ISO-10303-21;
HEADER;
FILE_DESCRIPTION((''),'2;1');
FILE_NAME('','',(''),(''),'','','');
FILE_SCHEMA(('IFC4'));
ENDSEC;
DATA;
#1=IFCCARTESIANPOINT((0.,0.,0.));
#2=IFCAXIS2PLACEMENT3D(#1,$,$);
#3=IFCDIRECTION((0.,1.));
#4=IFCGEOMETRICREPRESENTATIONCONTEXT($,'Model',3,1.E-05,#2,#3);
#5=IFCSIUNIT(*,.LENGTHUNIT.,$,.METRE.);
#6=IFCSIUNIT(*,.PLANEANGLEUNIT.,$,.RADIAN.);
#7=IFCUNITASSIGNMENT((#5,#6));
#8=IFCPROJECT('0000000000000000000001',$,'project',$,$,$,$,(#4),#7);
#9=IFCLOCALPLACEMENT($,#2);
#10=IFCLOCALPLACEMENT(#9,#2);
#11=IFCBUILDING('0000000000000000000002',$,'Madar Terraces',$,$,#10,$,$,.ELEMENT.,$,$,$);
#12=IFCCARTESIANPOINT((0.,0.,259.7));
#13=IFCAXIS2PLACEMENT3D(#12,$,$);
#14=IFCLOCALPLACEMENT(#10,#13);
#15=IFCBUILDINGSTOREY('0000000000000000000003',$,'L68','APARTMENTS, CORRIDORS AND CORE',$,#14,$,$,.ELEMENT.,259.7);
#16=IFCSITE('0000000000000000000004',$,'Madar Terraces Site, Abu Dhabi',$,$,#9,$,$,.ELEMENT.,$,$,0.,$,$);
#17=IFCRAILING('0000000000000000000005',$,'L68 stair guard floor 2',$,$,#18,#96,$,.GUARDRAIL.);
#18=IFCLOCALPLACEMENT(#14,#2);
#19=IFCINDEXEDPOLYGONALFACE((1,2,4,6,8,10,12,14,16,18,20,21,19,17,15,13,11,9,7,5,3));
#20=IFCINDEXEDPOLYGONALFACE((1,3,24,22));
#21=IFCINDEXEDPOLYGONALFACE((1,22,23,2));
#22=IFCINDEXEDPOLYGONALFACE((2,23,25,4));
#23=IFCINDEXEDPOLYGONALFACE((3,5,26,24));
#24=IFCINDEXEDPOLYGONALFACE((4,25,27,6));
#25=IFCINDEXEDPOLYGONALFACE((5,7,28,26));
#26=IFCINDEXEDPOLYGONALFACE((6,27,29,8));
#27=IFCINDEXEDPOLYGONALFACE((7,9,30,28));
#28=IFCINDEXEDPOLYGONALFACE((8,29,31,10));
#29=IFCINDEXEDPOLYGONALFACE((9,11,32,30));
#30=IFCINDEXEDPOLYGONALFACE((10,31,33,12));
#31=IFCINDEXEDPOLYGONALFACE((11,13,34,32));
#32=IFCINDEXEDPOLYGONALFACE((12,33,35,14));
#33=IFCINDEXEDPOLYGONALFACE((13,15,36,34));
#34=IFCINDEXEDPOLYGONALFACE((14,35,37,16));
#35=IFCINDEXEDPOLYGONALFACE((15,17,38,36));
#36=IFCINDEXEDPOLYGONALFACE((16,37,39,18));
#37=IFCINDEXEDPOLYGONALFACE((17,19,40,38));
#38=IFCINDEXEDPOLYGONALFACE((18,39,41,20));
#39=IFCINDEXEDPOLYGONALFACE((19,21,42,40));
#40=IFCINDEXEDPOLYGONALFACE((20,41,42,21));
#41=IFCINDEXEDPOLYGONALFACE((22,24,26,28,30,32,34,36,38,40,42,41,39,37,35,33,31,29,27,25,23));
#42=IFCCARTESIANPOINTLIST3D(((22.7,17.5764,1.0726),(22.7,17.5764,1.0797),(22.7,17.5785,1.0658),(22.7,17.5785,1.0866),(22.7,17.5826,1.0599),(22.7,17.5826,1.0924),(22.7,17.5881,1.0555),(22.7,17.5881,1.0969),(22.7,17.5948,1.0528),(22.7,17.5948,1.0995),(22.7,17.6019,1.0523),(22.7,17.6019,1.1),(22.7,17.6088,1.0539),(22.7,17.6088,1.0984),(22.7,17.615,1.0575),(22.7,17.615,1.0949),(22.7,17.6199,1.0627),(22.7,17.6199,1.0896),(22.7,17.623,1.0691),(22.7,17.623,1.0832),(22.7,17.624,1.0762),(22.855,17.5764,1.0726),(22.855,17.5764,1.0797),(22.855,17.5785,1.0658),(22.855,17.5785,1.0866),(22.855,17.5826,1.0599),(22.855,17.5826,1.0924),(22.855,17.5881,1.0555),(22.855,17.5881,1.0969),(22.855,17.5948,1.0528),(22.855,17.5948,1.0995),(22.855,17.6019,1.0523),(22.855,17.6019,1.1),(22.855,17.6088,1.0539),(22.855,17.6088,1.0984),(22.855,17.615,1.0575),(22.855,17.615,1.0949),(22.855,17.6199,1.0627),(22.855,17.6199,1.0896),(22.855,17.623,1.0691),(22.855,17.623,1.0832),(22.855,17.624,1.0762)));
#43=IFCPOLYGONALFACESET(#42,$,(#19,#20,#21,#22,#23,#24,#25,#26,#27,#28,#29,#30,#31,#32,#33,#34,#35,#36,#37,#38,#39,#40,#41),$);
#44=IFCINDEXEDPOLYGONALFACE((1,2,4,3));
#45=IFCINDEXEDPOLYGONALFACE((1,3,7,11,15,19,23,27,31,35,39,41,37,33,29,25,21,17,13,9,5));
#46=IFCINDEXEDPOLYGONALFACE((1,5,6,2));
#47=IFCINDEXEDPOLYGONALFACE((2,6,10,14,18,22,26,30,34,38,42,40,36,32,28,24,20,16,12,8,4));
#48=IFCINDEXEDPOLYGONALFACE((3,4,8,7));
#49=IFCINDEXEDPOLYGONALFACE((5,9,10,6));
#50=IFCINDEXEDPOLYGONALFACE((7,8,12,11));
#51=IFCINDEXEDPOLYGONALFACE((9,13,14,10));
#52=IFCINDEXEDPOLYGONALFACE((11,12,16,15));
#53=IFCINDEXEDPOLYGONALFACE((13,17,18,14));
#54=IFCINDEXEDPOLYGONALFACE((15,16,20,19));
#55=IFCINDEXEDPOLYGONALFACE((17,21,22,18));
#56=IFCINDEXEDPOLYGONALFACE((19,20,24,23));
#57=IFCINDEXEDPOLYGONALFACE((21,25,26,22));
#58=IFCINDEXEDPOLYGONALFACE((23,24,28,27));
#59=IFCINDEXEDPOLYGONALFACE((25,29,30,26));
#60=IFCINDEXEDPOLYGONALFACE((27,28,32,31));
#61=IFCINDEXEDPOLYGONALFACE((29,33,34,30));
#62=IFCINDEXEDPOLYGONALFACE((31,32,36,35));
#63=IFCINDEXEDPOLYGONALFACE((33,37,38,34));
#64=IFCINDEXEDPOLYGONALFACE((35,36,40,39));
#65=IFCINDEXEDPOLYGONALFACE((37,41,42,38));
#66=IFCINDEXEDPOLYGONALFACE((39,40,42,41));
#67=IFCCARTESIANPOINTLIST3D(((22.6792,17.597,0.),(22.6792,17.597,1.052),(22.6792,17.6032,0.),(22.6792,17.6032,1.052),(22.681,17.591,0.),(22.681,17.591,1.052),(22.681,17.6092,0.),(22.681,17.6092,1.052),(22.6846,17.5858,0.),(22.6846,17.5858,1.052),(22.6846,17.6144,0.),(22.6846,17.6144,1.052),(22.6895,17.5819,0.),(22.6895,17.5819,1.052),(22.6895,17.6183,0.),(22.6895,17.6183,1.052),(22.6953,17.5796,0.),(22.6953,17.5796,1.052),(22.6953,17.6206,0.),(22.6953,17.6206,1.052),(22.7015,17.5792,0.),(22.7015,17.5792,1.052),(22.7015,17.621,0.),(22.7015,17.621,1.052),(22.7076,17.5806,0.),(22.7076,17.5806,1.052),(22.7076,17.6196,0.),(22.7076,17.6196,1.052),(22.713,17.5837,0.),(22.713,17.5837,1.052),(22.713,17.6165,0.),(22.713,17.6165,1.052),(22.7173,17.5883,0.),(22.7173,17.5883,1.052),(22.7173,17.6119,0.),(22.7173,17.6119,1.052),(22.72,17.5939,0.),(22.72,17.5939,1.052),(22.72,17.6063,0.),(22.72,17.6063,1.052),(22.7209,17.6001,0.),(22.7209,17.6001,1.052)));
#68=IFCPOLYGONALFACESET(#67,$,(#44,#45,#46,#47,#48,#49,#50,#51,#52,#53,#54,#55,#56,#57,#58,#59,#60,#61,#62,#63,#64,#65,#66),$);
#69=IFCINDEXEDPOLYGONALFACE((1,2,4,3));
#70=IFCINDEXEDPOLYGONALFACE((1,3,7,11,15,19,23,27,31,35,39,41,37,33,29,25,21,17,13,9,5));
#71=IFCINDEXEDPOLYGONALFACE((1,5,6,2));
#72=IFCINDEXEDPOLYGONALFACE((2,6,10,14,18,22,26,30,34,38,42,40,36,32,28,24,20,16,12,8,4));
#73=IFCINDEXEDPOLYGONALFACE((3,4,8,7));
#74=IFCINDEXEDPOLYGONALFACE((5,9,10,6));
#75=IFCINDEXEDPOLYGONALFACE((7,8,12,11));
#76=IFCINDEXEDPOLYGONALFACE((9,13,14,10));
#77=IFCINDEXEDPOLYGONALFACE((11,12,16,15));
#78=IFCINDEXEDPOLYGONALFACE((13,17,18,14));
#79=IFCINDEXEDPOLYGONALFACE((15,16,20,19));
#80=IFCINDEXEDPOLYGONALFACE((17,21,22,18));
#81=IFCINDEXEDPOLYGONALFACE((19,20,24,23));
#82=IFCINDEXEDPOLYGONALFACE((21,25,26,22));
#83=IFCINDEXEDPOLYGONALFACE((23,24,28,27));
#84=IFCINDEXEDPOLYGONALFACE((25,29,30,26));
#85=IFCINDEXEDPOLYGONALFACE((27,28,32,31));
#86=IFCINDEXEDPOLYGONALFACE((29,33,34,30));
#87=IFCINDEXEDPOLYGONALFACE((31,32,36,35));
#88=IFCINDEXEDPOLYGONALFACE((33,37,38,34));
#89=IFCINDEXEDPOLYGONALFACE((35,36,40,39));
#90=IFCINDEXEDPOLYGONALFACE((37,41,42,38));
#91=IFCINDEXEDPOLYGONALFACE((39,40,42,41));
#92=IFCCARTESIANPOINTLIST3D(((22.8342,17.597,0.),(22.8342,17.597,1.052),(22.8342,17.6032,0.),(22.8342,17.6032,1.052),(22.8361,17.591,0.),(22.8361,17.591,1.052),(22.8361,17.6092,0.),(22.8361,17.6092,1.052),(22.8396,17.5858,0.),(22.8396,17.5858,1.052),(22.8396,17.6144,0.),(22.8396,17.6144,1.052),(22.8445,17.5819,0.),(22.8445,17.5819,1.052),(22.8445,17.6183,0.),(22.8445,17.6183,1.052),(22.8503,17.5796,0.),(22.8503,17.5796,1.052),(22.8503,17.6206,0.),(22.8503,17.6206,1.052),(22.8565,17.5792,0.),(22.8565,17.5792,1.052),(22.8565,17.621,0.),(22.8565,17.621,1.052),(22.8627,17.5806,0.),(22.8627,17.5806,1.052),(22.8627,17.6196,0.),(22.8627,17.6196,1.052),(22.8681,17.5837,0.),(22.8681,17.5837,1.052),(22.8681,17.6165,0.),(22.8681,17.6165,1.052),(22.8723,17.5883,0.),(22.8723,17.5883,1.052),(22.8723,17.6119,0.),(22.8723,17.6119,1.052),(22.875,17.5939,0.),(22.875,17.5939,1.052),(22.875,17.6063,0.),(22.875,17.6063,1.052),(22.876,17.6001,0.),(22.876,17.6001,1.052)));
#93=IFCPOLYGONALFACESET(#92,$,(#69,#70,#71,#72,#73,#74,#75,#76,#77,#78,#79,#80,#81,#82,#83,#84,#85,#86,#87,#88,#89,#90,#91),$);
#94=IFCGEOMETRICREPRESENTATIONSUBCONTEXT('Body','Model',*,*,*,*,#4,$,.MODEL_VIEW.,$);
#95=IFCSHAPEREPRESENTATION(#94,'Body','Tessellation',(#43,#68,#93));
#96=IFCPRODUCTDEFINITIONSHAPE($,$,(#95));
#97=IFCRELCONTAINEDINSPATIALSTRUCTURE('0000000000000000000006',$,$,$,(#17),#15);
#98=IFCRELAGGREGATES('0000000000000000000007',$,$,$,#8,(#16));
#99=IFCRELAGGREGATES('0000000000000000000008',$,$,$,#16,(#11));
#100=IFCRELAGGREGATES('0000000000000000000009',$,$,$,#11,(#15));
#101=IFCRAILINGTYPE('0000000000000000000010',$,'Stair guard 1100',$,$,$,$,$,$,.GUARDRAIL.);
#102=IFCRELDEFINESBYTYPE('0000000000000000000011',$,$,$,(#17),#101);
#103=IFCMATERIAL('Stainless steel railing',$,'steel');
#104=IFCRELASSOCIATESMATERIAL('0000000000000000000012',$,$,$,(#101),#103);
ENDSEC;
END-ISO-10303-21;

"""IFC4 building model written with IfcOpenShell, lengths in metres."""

from ifc_helpers import new_model, si_unit, direction, frame, origin, origin_2d, place, context, subcontext, project, spatial, circle, extrude, material, type_object, element, save


model = new_model("IFC4")

# Units and contexts
model_context = context("Model", 3, precision=1e-05, world=origin(), true_north=direction((0.0, 1.0)))
body_context = subcontext(model_context, "Body", "Model", "MODEL_VIEW")
ifc_project = project(units=[si_unit("LENGTHUNIT", "METRE"), si_unit("PLANEANGLEUNIT", "RADIAN")], contexts=[model_context])

# Site, building, storey
site_placement = place(None, origin())
site = spatial("IfcSite", under=ifc_project, at=site_placement, Name="Madar Terraces Site, Abu Dhabi", CompositionType="ELEMENT", RefElevation=0.0)
building_placement = place(site_placement, origin())
building = spatial("IfcBuilding", under=site, at=building_placement, Name="Madar Terraces", CompositionType="ELEMENT")
storey_placement = place(building_placement, frame((0.0, 0.0, 259.7)))
storey = spatial("IfcBuildingStorey", under=building, at=storey_placement, Name="L68", Description="APARTMENTS, CORRIDORS AND CORE", CompositionType="ELEMENT", Elevation=259.7)

# Railing
ifc_material_1 = material(Name="Stainless steel railing", Category="steel")
railing_type_1 = type_object("IfcRailingType", Name="Stair guard 1100", PredefinedType="GUARDRAIL", material=ifc_material_1)
for number, where, name in (
    (1, (22.7, 17.6001, 0.0), "L68 stair guard floor 2"),
):
    element("IfcRailing", number, at=place(storey_placement, frame(where)), inside=storey, type_object=railing_type_1, Name=name, PredefinedType="GUARDRAIL", context=body_context, shape_type="SweptSolid", body=[
        extrude(circle(Radius=0.0239, at=origin_2d()), frame((0.0, 0.0, 1.0762), z_axis=(1.0, 0.0, 0.0), x_axis=(0.0, 1.0, 0.0)), (0.0, 0.0, 1.0), 0.155),
        extrude(circle(Radius=0.021, at=origin_2d()), origin(), (0.0, 0.0, 1.0), 1.052),
        extrude(circle(Radius=0.021, at=origin_2d()), frame((0.155, 0.0, 0.0)), (0.0, 0.0, 1.0), 1.052),
    ])

save(model, "model.ifc")
